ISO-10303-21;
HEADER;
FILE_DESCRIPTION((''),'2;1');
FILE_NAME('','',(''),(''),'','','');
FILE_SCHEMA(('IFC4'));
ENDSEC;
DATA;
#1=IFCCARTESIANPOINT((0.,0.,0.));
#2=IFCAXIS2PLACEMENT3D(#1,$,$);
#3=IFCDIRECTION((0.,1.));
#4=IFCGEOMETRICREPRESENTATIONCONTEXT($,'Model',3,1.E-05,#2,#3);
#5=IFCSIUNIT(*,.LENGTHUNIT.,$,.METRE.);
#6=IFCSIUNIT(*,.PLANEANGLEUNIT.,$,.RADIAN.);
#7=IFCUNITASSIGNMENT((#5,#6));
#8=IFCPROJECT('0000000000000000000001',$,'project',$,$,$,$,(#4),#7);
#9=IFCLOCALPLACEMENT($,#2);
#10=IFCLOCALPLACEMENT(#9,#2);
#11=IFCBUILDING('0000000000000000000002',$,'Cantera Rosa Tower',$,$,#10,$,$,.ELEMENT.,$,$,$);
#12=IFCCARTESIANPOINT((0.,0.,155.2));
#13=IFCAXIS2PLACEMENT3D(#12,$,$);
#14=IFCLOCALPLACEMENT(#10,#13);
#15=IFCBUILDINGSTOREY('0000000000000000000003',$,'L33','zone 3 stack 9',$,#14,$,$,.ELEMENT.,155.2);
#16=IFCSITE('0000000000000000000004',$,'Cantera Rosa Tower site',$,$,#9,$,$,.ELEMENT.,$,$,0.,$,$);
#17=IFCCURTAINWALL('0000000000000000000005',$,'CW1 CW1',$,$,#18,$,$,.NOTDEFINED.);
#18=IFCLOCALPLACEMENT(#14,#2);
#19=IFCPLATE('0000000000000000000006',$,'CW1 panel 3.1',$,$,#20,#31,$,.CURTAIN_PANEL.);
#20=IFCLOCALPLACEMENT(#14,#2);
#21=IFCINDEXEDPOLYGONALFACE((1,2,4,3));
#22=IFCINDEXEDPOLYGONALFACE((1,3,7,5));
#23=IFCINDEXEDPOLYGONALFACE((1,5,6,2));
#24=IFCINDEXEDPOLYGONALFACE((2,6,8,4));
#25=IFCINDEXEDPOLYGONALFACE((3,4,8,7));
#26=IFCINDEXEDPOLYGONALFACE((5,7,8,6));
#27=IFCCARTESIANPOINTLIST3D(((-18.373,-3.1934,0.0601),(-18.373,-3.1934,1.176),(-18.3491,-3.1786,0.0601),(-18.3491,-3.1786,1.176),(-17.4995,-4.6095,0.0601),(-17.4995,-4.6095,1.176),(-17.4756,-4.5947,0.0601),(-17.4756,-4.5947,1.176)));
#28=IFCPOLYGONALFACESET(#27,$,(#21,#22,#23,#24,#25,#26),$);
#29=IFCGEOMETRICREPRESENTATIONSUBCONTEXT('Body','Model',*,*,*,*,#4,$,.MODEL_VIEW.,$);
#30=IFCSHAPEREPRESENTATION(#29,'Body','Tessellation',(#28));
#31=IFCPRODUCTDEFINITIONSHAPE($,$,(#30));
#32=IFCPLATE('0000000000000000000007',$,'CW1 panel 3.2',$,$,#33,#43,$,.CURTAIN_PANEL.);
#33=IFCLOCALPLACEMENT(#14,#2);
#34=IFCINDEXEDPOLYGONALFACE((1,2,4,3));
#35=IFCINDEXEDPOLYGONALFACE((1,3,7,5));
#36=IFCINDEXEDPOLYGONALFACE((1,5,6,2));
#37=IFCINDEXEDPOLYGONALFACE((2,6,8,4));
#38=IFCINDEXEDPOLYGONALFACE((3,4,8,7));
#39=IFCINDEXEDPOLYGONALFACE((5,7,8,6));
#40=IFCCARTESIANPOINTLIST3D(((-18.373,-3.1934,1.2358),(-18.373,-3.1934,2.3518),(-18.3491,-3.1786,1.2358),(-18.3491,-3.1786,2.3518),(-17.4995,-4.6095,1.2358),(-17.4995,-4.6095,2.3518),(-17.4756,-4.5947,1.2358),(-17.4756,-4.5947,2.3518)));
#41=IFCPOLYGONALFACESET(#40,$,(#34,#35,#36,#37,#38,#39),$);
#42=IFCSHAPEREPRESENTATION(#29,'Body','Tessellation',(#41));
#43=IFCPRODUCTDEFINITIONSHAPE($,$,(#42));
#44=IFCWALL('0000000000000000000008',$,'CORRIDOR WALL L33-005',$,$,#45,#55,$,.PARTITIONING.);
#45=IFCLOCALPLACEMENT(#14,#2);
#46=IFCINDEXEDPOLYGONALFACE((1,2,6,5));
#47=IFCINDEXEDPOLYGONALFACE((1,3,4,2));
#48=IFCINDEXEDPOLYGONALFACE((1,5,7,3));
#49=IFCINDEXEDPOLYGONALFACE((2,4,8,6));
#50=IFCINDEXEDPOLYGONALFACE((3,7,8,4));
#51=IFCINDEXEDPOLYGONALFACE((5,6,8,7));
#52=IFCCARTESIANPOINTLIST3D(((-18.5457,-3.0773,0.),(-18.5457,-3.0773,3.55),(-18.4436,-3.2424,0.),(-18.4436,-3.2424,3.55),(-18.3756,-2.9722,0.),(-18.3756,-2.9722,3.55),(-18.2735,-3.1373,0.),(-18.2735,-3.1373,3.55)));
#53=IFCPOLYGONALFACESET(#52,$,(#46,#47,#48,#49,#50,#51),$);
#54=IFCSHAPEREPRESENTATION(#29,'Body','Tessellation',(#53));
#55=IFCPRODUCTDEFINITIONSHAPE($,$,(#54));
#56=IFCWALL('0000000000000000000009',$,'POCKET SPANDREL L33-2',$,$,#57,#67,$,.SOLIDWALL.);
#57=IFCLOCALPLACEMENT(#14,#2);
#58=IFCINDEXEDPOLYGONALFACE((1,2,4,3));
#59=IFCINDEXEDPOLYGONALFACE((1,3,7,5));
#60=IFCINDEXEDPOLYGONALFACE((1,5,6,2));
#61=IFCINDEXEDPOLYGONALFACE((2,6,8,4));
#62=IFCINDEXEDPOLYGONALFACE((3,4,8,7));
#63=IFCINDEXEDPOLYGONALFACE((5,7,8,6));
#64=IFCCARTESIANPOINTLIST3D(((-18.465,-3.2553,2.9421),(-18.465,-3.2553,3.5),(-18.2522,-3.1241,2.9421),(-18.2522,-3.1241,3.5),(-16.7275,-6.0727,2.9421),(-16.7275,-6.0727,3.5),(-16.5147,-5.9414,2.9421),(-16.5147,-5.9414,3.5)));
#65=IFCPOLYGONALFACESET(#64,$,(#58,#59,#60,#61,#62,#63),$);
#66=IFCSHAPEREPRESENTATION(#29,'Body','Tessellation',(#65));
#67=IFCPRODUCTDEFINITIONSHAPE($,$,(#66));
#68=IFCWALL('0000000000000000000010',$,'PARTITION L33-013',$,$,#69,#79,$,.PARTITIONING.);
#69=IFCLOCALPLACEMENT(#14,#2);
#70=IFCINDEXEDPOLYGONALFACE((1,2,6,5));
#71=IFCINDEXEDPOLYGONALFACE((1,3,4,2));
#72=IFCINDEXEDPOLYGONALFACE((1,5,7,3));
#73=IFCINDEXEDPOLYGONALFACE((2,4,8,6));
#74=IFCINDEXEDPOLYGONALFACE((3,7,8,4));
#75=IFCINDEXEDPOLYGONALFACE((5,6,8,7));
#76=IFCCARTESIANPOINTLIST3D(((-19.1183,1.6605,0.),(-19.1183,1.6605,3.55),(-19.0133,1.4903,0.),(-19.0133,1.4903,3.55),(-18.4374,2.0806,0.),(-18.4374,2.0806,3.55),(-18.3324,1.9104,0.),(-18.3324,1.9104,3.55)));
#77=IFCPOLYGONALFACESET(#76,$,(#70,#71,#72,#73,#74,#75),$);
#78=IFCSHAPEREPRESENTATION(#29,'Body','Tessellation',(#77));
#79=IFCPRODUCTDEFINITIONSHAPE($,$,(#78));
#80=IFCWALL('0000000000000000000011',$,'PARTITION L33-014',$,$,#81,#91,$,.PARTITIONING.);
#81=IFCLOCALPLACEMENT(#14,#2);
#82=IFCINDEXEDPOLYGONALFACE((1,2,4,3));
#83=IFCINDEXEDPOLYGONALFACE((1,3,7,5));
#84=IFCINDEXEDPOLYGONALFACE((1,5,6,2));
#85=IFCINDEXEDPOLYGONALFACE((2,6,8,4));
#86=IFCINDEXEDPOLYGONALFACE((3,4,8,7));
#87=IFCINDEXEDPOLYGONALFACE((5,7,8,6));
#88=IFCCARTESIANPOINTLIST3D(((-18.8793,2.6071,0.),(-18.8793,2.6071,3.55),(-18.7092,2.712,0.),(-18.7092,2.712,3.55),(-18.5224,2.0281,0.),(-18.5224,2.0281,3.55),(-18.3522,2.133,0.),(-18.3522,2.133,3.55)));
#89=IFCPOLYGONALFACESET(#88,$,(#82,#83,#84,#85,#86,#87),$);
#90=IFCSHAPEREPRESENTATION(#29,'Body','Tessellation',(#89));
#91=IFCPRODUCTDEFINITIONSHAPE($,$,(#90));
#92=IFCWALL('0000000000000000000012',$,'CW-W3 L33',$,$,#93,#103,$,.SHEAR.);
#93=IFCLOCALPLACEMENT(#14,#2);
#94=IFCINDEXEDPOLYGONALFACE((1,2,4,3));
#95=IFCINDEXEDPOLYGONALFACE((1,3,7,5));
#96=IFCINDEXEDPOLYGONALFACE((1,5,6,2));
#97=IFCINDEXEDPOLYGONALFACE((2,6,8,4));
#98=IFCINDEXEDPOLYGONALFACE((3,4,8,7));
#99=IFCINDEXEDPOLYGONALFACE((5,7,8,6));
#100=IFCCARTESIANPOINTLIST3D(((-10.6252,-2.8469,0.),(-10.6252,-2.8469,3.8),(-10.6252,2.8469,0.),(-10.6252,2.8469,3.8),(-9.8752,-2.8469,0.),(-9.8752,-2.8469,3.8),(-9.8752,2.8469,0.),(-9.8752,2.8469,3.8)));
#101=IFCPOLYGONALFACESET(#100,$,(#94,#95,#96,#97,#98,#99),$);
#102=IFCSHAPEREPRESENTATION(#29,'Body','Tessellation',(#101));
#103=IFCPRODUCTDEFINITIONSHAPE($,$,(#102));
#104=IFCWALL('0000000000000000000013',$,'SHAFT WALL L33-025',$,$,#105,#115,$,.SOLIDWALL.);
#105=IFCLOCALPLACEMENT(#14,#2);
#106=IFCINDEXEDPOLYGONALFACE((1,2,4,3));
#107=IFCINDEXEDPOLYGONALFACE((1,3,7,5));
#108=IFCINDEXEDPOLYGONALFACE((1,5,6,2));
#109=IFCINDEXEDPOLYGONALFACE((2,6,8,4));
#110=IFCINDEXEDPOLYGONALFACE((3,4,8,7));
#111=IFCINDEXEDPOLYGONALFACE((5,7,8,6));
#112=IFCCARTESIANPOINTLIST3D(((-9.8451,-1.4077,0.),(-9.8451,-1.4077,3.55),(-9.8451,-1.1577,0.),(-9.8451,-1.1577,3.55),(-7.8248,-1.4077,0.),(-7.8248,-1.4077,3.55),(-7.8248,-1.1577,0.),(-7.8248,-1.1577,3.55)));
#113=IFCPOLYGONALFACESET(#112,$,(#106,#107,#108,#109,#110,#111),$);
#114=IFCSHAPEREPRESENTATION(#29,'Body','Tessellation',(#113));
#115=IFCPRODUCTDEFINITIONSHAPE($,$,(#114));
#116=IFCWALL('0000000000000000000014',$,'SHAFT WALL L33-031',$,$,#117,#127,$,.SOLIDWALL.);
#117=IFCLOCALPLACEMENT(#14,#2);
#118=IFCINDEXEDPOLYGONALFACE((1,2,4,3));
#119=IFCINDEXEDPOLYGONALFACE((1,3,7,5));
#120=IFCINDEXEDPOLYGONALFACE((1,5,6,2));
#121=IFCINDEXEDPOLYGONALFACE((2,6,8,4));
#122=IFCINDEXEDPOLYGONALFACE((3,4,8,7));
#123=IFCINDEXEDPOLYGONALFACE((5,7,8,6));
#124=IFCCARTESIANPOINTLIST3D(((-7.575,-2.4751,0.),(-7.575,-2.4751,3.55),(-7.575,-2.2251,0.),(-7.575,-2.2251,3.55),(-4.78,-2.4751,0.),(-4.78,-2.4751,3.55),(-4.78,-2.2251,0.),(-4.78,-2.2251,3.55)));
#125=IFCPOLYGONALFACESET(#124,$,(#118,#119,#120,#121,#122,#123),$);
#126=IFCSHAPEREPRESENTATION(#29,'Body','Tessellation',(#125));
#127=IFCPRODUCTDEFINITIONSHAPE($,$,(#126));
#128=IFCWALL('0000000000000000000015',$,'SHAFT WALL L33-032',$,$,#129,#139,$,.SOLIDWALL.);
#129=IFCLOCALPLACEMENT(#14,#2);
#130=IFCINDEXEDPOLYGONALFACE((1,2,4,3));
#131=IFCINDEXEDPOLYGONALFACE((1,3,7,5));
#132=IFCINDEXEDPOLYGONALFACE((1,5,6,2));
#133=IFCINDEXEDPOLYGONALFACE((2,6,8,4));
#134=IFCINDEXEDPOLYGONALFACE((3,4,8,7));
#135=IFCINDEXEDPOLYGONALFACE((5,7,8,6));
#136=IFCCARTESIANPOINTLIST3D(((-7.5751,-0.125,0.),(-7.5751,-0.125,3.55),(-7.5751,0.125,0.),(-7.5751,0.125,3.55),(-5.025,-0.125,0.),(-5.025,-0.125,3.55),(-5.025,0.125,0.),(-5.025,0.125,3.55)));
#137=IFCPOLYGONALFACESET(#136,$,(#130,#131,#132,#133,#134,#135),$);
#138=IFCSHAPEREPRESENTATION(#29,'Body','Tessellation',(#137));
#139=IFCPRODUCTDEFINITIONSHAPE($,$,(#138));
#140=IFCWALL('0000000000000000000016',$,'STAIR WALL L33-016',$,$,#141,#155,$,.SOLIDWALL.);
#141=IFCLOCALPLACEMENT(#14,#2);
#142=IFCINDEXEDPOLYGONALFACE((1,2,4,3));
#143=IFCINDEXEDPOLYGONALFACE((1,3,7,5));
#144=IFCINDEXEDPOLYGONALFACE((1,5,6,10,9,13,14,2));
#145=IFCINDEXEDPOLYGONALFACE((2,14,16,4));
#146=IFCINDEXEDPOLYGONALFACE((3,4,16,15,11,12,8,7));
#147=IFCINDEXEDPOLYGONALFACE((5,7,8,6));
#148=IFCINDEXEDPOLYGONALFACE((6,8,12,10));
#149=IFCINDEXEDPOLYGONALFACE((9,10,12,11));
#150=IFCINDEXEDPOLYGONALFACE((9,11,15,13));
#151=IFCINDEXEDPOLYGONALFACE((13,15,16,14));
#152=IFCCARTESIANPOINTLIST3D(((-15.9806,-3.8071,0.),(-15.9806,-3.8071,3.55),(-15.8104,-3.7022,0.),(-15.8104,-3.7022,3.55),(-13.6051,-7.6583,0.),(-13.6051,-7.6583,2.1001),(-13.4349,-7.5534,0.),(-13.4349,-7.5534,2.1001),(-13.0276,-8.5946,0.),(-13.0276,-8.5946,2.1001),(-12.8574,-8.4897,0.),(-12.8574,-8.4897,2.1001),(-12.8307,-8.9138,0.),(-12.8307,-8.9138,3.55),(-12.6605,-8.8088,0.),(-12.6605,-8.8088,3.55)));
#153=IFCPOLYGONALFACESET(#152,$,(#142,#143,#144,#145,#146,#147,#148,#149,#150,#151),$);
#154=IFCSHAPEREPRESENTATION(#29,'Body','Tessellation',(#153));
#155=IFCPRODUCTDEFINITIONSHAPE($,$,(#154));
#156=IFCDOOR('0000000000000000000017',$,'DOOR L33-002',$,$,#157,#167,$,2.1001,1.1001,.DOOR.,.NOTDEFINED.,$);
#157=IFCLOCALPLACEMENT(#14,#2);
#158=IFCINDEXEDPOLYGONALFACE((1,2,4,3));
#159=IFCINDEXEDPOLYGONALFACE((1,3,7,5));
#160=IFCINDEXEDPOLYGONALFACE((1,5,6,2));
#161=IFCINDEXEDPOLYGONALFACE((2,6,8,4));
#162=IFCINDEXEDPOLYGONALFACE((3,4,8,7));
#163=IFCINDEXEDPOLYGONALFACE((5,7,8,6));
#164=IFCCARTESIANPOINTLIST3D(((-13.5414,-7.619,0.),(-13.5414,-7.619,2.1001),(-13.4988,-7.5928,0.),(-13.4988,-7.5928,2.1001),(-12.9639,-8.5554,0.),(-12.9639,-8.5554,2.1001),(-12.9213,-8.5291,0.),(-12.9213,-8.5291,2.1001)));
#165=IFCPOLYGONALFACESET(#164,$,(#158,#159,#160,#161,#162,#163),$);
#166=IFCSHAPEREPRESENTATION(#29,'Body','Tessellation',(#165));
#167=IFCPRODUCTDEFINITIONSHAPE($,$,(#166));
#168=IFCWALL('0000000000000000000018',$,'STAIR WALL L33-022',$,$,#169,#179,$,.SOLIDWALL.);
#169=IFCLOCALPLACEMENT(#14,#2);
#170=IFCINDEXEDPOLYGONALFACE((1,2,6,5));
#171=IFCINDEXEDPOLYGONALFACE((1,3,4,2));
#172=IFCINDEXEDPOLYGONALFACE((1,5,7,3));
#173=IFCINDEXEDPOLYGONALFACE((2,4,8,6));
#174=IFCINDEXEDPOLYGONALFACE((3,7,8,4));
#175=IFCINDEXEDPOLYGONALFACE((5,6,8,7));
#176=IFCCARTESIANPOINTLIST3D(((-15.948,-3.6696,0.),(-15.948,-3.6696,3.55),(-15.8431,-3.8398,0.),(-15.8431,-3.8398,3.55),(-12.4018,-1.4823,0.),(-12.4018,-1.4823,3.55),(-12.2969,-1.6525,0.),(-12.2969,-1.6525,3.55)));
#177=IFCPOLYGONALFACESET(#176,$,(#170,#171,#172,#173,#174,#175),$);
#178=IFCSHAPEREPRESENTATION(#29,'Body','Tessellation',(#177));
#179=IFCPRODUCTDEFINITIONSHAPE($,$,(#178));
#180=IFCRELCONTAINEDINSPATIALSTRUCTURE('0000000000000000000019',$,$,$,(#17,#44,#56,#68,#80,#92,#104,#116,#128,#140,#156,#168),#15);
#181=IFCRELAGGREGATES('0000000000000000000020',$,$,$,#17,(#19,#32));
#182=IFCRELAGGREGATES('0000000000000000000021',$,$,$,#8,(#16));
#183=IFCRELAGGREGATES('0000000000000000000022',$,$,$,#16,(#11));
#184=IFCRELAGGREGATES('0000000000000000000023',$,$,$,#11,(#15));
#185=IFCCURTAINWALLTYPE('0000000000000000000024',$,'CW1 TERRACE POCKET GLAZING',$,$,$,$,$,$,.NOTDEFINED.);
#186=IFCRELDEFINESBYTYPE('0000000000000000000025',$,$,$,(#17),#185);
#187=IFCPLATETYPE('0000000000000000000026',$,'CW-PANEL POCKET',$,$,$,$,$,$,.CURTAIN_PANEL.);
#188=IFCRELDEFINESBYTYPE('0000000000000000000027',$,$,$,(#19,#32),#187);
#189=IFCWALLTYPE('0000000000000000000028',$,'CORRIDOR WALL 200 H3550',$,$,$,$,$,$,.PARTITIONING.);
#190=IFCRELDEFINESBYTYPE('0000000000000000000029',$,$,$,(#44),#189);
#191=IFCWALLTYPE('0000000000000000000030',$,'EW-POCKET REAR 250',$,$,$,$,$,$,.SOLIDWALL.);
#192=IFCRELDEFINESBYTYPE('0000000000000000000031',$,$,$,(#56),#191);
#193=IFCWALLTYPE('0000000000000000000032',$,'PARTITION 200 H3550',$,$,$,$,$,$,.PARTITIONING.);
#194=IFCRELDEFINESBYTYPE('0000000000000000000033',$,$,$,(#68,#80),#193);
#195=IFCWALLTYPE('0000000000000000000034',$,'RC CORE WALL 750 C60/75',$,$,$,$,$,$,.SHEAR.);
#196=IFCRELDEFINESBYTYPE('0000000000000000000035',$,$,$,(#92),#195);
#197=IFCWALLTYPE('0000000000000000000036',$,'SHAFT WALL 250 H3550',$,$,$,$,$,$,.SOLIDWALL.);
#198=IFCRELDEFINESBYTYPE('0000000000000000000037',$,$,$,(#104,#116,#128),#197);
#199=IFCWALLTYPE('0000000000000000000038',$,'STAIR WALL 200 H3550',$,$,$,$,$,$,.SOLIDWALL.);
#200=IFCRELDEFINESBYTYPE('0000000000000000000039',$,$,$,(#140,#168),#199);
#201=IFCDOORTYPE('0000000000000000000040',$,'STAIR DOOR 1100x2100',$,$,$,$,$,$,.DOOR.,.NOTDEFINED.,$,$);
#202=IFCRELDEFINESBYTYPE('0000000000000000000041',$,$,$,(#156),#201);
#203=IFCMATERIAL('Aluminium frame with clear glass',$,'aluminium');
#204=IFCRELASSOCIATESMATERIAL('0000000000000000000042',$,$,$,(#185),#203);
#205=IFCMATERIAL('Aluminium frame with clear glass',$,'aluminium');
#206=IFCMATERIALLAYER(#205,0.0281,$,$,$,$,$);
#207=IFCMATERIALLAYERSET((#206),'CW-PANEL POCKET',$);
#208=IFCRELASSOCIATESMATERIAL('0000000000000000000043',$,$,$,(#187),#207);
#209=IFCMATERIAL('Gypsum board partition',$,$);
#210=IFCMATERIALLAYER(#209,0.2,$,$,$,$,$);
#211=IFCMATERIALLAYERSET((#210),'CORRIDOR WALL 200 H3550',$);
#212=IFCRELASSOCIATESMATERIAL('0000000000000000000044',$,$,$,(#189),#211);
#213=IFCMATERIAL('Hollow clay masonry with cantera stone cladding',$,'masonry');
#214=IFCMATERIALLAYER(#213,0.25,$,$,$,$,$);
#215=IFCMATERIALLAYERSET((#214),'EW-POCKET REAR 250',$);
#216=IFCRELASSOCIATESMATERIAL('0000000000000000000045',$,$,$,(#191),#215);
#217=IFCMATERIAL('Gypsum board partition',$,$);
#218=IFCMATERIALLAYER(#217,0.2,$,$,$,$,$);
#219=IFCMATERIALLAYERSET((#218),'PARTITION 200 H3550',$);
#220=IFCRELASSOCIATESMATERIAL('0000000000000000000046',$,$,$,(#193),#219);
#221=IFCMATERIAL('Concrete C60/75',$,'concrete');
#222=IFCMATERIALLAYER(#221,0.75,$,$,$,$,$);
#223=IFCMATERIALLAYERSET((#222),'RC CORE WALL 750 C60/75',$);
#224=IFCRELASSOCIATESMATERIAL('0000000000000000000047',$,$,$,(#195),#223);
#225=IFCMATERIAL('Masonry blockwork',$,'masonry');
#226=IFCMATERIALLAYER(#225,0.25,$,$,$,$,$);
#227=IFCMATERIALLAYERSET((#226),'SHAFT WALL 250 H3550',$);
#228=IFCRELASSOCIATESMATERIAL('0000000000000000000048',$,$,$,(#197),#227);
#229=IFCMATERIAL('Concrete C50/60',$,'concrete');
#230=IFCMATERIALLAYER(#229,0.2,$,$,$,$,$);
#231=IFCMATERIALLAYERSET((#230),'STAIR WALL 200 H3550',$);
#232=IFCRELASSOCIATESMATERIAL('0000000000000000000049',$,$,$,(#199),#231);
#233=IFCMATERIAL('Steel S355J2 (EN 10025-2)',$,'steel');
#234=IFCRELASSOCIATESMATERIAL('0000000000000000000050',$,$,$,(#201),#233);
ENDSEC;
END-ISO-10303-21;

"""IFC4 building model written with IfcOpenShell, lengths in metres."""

from ifc_helpers import new_model, si_unit, direction, frame, frame_2d, origin, origin_2d, place, context, subcontext, project, spatial, rectangle, extrude, material, layer, layer_set, type_object, element, fill, aggregate, save


model = new_model("IFC4")

# Units and contexts
model_context = context("Model", 3, precision=1e-05, world=origin(), true_north=direction((0.0, 1.0)))
body_context = subcontext(model_context, "Body", "Model", "MODEL_VIEW")
ifc_project = project(units=[si_unit("LENGTHUNIT", "METRE"), si_unit("PLANEANGLEUNIT", "RADIAN")], contexts=[model_context])

# Site, building, storey
site_placement = place(None, origin())
site = spatial("IfcSite", under=ifc_project, at=site_placement, Name="Cantera Rosa Tower site", CompositionType="ELEMENT", RefElevation=0.0)
building_placement = place(site_placement, origin())
building = spatial("IfcBuilding", under=site, at=building_placement, Name="Cantera Rosa Tower", CompositionType="ELEMENT")
storey_placement = place(building_placement, frame((0.0, 0.0, 155.2)))
storey = spatial("IfcBuildingStorey", under=building, at=storey_placement, Name="L33", Description="zone 3 stack 9", CompositionType="ELEMENT", Elevation=155.2)

# Curtain wall
ifc_material_1 = material(Name="Aluminium frame with clear glass", Category="aluminium")
curtain_wall_type = type_object("IfcCurtainWallType", Name="CW1 TERRACE POCKET GLAZING", PredefinedType="NOTDEFINED", material=ifc_material_1)
curtain_wall_placement = place(storey_placement, origin())
curtain_wall = element("IfcCurtainWall", 1, at=curtain_wall_placement, inside=storey, type_object=curtain_wall_type, Name="CW1 CW1", PredefinedType="NOTDEFINED")

# Plates
ifc_material_2 = material(Name="Aluminium frame with clear glass", Category="aluminium")
ifc_layer_1 = layer(ifc_material_2, 0.0281)
ifc_layer_set_1 = layer_set([ifc_layer_1], Name="CW-PANEL POCKET")
plate_type = type_object("IfcPlateType", Name="CW-PANEL POCKET", PredefinedType="CURTAIN_PANEL", material=ifc_layer_set_1)
plate_1_placement = place(storey_placement, frame((-17.9243, -3.894, 0.0601), z_axis=(0.0, 0.0, 1.0), x_axis=(0.524977, -0.851117, 0.0)))
plate_1 = element("IfcPlate", 2, at=plate_1_placement, type_object=plate_type, Name="CW1 panel 3.1", PredefinedType="CURTAIN_PANEL", context=body_context, shape_type="SweptSolid", body=[
    extrude(rectangle(XDim=1.6638, YDim=0.0281, at=origin_2d()), origin(), (0.0, 0.0, 1.0), 1.116),
])
plate_2_placement = place(storey_placement, frame((-17.9243, -3.894, 1.2358), z_axis=(0.0, 0.0, 1.0), x_axis=(0.524977, -0.851117, 0.0)))
plate_2 = element("IfcPlate", 3, at=plate_2_placement, type_object=plate_type, Name="CW1 panel 3.2", PredefinedType="CURTAIN_PANEL", context=body_context, shape_type="SweptSolid", body=[
    extrude(rectangle(XDim=1.6638, YDim=0.0281, at=origin_2d()), origin(), (0.0, 0.0, 1.0), 1.116),
])
aggregate(curtain_wall, [plate_1, plate_2])

# Walls
ifc_material_3 = material(Name="Gypsum board partition")
ifc_layer_2 = layer(ifc_material_3, 0.2)
ifc_layer_set_2 = layer_set([ifc_layer_2], Name="CORRIDOR WALL 200 H3550")
wall_type_1 = type_object("IfcWallType", Name="CORRIDOR WALL 200 H3550", PredefinedType="PARTITIONING", material=ifc_layer_set_2)
wall_1_placement = place(storey_placement, frame((-18.4607, -3.0247, 0.0), z_axis=(0.0, 0.0, 1.0), x_axis=(0.525921, -0.850533, 0.0)))
element("IfcWall", 4, at=wall_1_placement, inside=storey, type_object=wall_type_1, Name="CORRIDOR WALL L33-005", PredefinedType="PARTITIONING", context=body_context, shape_type="SweptSolid", body=[
    extrude(rectangle(XDim=0.1941, YDim=0.2, at=frame_2d((0.0972, 0.0))), origin(), (0.0, 0.0, 1.0), 3.55),
])
ifc_material_4 = material(Name="Hollow clay masonry with cantera stone cladding", Category="masonry")
ifc_layer_3 = layer(ifc_material_4, 0.25)
ifc_layer_set_3 = layer_set([ifc_layer_3], Name="EW-POCKET REAR 250")
wall_type_2 = type_object("IfcWallType", Name="EW-POCKET REAR 250", PredefinedType="SOLIDWALL", material=ifc_layer_set_3)
wall_2_placement = place(storey_placement, frame((-18.3586, -3.1897, 2.9421), z_axis=(0.0, 0.0, 1.0), x_axis=(0.524924, -0.851149, 0.0)))
element("IfcWall", 5, at=wall_2_placement, inside=storey, type_object=wall_type_2, Name="POCKET SPANDREL L33-2", PredefinedType="SOLIDWALL", context=body_context, shape_type="SweptSolid", body=[
    extrude(rectangle(XDim=3.3101, YDim=0.25, at=frame_2d((1.655, 0.0))), origin(), (0.0, 0.0, 1.0), 0.5579),
])
ifc_material_5 = material(Name="Gypsum board partition")
ifc_layer_4 = layer(ifc_material_5, 0.2)
ifc_layer_set_4 = layer_set([ifc_layer_4], Name="PARTITION 200 H3550")
wall_type_3 = type_object("IfcWallType", Name="PARTITION 200 H3550", PredefinedType="PARTITIONING", material=ifc_layer_set_4)
wall_3_placement = place(storey_placement, frame((-19.0657, 1.5754, 0.0), z_axis=(0.0, 0.0, 1.0), x_axis=(0.851019, 0.525136, 0.0)))
element("IfcWall", 6, at=wall_3_placement, inside=storey, type_object=wall_type_3, Name="PARTITION L33-013", PredefinedType="PARTITIONING", context=body_context, shape_type="SweptSolid", body=[
    extrude(rectangle(XDim=0.8, YDim=0.2, at=frame_2d((0.3999, 0.0))), origin(), (0.0, 0.0, 1.0), 3.55),
])
wall_4_placement = place(storey_placement, frame((-18.4373, 2.0806, 0.0), z_axis=(0.0, 0.0, 1.0), x_axis=(-0.524858, 0.85119, 0.0)))
element("IfcWall", 7, at=wall_4_placement, inside=storey, type_object=wall_type_3, Name="PARTITION L33-014", PredefinedType="PARTITIONING", context=body_context, shape_type="SweptSolid", body=[
    extrude(rectangle(XDim=0.6802, YDim=0.2, at=frame_2d((0.3401, 0.0))), origin(), (0.0, 0.0, 1.0), 3.55),
])
ifc_material_6 = material(Name="Concrete C60/75", Category="concrete")
ifc_layer_5 = layer(ifc_material_6, 0.75)
ifc_layer_set_5 = layer_set([ifc_layer_5], Name="RC CORE WALL 750 C60/75")
wall_type_4 = type_object("IfcWallType", Name="RC CORE WALL 750 C60/75", PredefinedType="SHEAR", material=ifc_layer_set_5)
wall_5_placement = place(storey_placement, frame((-10.2502, -2.8469, 0.0), z_axis=(0.0, 0.0, 1.0), x_axis=(0.0, 1.0, 0.0)))
element("IfcWall", 8, at=wall_5_placement, inside=storey, type_object=wall_type_4, Name="CW-W3 L33", PredefinedType="SHEAR", context=body_context, shape_type="SweptSolid", body=[
    extrude(rectangle(XDim=5.6938, YDim=0.75, at=frame_2d((2.8469, 0.0))), origin(), (0.0, 0.0, 1.0), 3.8),
])
ifc_material_7 = material(Name="Masonry blockwork", Category="masonry")
ifc_layer_6 = layer(ifc_material_7, 0.25)
ifc_layer_set_6 = layer_set([ifc_layer_6], Name="SHAFT WALL 250 H3550")
wall_type_5 = type_object("IfcWallType", Name="SHAFT WALL 250 H3550", PredefinedType="SOLIDWALL", material=ifc_layer_set_6)
wall_6_placement = place(storey_placement, frame((-9.8452, -1.2827, 0.0), z_axis=(0.0, 0.0, 1.0), x_axis=(1.0, 0.0, 0.0)))
element("IfcWall", 9, at=wall_6_placement, inside=storey, type_object=wall_type_5, Name="SHAFT WALL L33-025", PredefinedType="SOLIDWALL", context=body_context, shape_type="SweptSolid", body=[
    extrude(rectangle(XDim=2.0203, YDim=0.25, at=frame_2d((1.0103, 0.0))), origin(), (0.0, 0.0, 1.0), 3.55),
])
wall_7_placement = place(storey_placement, frame((-7.575, -2.3501, 0.0), z_axis=(0.0, 0.0, 1.0), x_axis=(1.0, 0.0, 0.0)))
element("IfcWall", 10, at=wall_7_placement, inside=storey, type_object=wall_type_5, Name="SHAFT WALL L33-031", PredefinedType="SOLIDWALL", context=body_context, shape_type="SweptSolid", body=[
    extrude(rectangle(XDim=2.7949, YDim=0.25, at=frame_2d((1.3975, 0.0))), origin(), (0.0, 0.0, 1.0), 3.55),
])
wall_8_placement = place(storey_placement, frame((-7.575, 0.0, 0.0), z_axis=(0.0, 0.0, 1.0), x_axis=(1.0, 0.0, 0.0)))
element("IfcWall", 11, at=wall_8_placement, inside=storey, type_object=wall_type_5, Name="SHAFT WALL L33-032", PredefinedType="SOLIDWALL", context=body_context, shape_type="SweptSolid", body=[
    extrude(rectangle(XDim=2.55, YDim=0.25, at=frame_2d((1.2749, 0.0))), origin(), (0.0, 0.0, 1.0), 3.55),
])

# Wall, opening, door
ifc_material_8 = material(Name="Concrete C50/60", Category="concrete")
ifc_layer_7 = layer(ifc_material_8, 0.2)
ifc_layer_set_7 = layer_set([ifc_layer_7], Name="STAIR WALL 200 H3550")
wall_type_6 = type_object("IfcWallType", Name="STAIR WALL 200 H3550", PredefinedType="SOLIDWALL", material=ifc_layer_set_7)
wall_9_placement = place(storey_placement, frame((-15.8955, -3.7546, 0.0), z_axis=(0.0, 0.0, 1.0), x_axis=(0.524983, -0.851113, 0.0)))
wall_9 = element("IfcWall", 12, at=wall_9_placement, inside=storey, type_object=wall_type_6, Name="STAIR WALL L33-016", PredefinedType="SOLIDWALL", context=body_context, shape_type="SweptSolid", body=[
    extrude(rectangle(XDim=6.0, YDim=0.2, at=frame_2d((3.0, 0.0))), origin(), (0.0, 0.0, 1.0), 3.55),
])
opening_placement = place(wall_9_placement, frame((4.5249, 0.0, 0.0)))
opening = element("IfcOpeningElement", 13, at=opening_placement, cuts=wall_9, PredefinedType="OPENING", context=body_context, shape_type="SweptSolid", body=[
    extrude(rectangle(XDim=1.1001, YDim=2.1001, at=frame_2d((0.55, 1.05))), frame((0.0, 0.1099, 0.0), z_axis=(0.0, -1.0, 0.0), x_axis=(1.0, 0.0, 0.0)), (0.0, 0.0, 1.0), 0.22),
])
ifc_material_9 = material(Name="Steel S355J2 (EN 10025-2)", Category="steel")
door_type = type_object("IfcDoorType", Name="STAIR DOOR 1100x2100", OperationType="NOTDEFINED", PredefinedType="DOOR", material=ifc_material_9)
door_placement = place(opening_placement, origin())
door = element("IfcDoor", 14, at=door_placement, inside=storey, type_object=door_type, Name="DOOR L33-002", OperationType="NOTDEFINED", OverallHeight=2.1001, OverallWidth=1.1001, PredefinedType="DOOR", context=body_context, shape_type="SweptSolid", body=[
    extrude(rectangle(XDim=1.1001, YDim=2.1001, at=frame_2d((0.55, 1.05))), frame((0.0, 0.0249, 0.0), z_axis=(0.0, -1.0, 0.0), x_axis=(1.0, 0.0, 0.0)), (0.0, 0.0, 1.0), 0.05),
])
fill(opening, door)

# Wall
wall_10_placement = place(storey_placement, frame((-12.3494, -1.5674, 0.0), z_axis=(0.0, 0.0, 1.0), x_axis=(-0.851121, -0.52497, 0.0)))
element("IfcWall", 15, at=wall_10_placement, inside=storey, type_object=wall_type_6, Name="STAIR WALL L33-022", PredefinedType="SOLIDWALL", context=body_context, shape_type="SweptSolid", body=[
    extrude(rectangle(XDim=4.1665, YDim=0.2, at=frame_2d((2.0833, 0.0))), origin(), (0.0, 0.0, 1.0), 3.55),
])

save(model, "model.ifc")
